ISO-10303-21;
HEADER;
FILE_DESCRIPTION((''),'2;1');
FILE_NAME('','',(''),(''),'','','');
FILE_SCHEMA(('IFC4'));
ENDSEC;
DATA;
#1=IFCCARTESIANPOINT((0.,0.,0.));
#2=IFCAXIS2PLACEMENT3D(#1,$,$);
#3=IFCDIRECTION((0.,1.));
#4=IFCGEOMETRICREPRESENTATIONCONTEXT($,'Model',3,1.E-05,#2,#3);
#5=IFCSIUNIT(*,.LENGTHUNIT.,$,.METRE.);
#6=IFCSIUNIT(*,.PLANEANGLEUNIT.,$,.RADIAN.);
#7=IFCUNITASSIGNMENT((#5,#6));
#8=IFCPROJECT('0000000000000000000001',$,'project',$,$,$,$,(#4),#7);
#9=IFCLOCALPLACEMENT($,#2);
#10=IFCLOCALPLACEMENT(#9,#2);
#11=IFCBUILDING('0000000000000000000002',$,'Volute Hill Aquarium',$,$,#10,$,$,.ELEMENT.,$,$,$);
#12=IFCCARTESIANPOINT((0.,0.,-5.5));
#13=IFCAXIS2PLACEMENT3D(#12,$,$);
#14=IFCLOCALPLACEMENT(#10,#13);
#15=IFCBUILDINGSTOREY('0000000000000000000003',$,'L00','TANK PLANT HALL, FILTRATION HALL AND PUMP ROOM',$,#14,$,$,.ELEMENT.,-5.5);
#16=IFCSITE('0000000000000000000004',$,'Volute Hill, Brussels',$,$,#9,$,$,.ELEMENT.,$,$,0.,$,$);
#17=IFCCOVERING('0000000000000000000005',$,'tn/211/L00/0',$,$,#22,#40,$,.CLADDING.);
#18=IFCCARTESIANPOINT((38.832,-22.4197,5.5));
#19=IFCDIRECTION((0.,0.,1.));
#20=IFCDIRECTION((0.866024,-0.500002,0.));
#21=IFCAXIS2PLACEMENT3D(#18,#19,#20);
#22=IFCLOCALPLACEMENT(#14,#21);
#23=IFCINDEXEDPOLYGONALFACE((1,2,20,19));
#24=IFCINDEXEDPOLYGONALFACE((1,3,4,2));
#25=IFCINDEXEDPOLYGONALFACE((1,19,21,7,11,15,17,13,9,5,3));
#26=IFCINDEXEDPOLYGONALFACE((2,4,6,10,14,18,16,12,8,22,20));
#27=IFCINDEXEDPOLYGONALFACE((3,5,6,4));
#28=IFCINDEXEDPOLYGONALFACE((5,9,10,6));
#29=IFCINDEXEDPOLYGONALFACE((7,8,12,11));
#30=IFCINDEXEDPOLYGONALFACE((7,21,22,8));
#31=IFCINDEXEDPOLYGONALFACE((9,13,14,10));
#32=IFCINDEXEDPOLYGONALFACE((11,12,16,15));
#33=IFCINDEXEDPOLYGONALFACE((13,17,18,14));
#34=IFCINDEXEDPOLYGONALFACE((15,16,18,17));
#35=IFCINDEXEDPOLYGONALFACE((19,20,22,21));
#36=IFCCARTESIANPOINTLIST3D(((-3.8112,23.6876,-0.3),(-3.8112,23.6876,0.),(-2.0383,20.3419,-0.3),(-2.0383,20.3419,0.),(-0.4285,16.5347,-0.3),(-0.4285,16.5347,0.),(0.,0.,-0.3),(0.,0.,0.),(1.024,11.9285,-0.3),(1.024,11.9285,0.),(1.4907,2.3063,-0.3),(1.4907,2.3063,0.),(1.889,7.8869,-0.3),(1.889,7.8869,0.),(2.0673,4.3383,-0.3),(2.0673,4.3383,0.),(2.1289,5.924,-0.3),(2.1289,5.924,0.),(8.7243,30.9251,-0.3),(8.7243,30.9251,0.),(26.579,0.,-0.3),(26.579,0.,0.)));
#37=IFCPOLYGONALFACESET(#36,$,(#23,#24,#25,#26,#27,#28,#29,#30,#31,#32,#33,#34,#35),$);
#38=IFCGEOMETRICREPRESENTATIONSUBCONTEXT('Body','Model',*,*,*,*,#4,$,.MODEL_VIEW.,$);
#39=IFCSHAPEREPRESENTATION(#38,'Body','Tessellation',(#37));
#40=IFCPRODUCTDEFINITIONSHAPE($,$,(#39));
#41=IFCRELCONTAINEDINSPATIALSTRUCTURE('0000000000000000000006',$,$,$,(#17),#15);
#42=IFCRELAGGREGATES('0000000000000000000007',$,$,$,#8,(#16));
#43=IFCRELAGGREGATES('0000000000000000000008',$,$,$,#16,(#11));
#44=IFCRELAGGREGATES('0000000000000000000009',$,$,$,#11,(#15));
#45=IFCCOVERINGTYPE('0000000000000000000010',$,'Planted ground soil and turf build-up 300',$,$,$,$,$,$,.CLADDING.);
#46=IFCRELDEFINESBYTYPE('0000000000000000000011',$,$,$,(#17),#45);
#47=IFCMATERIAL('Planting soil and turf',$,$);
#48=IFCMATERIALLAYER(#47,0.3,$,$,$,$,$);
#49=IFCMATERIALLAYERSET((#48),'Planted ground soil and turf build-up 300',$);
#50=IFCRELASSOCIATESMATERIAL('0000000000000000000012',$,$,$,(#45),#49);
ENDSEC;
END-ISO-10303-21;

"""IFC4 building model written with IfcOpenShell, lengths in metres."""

from ifc_helpers import new_model, si_unit, direction, frame, origin, place, context, subcontext, project, spatial, polyline, outline, extrude, material, layer, layer_set, type_object, element, save


model = new_model("IFC4")

# Units and contexts
model_context = context("Model", 3, precision=1e-05, world=origin(), true_north=direction((0.0, 1.0)))
body_context = subcontext(model_context, "Body", "Model", "MODEL_VIEW")
ifc_project = project(units=[si_unit("LENGTHUNIT", "METRE"), si_unit("PLANEANGLEUNIT", "RADIAN")], contexts=[model_context])

# Site, building, storey
site_placement = place(None, origin())
site = spatial("IfcSite", under=ifc_project, at=site_placement, Name="Volute Hill, Brussels", CompositionType="ELEMENT", RefElevation=0.0)
building_placement = place(site_placement, origin())
building = spatial("IfcBuilding", under=site, at=building_placement, Name="Volute Hill Aquarium", CompositionType="ELEMENT")
storey_placement = place(building_placement, frame((0.0, 0.0, -5.5)))
storey = spatial("IfcBuildingStorey", under=building, at=storey_placement, Name="L00", Description="TANK PLANT HALL, FILTRATION HALL AND PUMP ROOM", CompositionType="ELEMENT", Elevation=-5.5)

# Covering
ifc_material_1 = material(Name="Planting soil and turf")
ifc_layer_1 = layer(ifc_material_1, 0.3)
ifc_layer_set_1 = layer_set([ifc_layer_1], Name="Planted ground soil and turf build-up 300")
covering_type_1 = type_object("IfcCoveringType", Name="Planted ground soil and turf build-up 300", PredefinedType="CLADDING", material=ifc_layer_set_1)
covering_1_placement = place(storey_placement, frame((38.832, -22.4197, 5.5), z_axis=(0.0, 0.0, 1.0), x_axis=(0.866024, -0.500002, 0.0)))
element("IfcCovering", 1, at=covering_1_placement, inside=storey, type_object=covering_type_1, Name="tn/211/L00/0", PredefinedType="CLADDING", context=body_context, shape_type="SweptSolid", body=[
    extrude(outline(polyline([(0.0, 0.0), (26.579, 0.0), (8.7243, 30.9251), (-3.8112, 23.6876), (-2.0383, 20.3419), (-0.4285, 16.5347), (1.024, 11.9285), (1.889, 7.8869), (2.1289, 5.924), (2.0673, 4.3383), (1.4907, 2.3063), (0.0, 0.0)])), origin(), (0.0, 0.0, -1.0), 0.3),
])

save(model, "model.ifc")
